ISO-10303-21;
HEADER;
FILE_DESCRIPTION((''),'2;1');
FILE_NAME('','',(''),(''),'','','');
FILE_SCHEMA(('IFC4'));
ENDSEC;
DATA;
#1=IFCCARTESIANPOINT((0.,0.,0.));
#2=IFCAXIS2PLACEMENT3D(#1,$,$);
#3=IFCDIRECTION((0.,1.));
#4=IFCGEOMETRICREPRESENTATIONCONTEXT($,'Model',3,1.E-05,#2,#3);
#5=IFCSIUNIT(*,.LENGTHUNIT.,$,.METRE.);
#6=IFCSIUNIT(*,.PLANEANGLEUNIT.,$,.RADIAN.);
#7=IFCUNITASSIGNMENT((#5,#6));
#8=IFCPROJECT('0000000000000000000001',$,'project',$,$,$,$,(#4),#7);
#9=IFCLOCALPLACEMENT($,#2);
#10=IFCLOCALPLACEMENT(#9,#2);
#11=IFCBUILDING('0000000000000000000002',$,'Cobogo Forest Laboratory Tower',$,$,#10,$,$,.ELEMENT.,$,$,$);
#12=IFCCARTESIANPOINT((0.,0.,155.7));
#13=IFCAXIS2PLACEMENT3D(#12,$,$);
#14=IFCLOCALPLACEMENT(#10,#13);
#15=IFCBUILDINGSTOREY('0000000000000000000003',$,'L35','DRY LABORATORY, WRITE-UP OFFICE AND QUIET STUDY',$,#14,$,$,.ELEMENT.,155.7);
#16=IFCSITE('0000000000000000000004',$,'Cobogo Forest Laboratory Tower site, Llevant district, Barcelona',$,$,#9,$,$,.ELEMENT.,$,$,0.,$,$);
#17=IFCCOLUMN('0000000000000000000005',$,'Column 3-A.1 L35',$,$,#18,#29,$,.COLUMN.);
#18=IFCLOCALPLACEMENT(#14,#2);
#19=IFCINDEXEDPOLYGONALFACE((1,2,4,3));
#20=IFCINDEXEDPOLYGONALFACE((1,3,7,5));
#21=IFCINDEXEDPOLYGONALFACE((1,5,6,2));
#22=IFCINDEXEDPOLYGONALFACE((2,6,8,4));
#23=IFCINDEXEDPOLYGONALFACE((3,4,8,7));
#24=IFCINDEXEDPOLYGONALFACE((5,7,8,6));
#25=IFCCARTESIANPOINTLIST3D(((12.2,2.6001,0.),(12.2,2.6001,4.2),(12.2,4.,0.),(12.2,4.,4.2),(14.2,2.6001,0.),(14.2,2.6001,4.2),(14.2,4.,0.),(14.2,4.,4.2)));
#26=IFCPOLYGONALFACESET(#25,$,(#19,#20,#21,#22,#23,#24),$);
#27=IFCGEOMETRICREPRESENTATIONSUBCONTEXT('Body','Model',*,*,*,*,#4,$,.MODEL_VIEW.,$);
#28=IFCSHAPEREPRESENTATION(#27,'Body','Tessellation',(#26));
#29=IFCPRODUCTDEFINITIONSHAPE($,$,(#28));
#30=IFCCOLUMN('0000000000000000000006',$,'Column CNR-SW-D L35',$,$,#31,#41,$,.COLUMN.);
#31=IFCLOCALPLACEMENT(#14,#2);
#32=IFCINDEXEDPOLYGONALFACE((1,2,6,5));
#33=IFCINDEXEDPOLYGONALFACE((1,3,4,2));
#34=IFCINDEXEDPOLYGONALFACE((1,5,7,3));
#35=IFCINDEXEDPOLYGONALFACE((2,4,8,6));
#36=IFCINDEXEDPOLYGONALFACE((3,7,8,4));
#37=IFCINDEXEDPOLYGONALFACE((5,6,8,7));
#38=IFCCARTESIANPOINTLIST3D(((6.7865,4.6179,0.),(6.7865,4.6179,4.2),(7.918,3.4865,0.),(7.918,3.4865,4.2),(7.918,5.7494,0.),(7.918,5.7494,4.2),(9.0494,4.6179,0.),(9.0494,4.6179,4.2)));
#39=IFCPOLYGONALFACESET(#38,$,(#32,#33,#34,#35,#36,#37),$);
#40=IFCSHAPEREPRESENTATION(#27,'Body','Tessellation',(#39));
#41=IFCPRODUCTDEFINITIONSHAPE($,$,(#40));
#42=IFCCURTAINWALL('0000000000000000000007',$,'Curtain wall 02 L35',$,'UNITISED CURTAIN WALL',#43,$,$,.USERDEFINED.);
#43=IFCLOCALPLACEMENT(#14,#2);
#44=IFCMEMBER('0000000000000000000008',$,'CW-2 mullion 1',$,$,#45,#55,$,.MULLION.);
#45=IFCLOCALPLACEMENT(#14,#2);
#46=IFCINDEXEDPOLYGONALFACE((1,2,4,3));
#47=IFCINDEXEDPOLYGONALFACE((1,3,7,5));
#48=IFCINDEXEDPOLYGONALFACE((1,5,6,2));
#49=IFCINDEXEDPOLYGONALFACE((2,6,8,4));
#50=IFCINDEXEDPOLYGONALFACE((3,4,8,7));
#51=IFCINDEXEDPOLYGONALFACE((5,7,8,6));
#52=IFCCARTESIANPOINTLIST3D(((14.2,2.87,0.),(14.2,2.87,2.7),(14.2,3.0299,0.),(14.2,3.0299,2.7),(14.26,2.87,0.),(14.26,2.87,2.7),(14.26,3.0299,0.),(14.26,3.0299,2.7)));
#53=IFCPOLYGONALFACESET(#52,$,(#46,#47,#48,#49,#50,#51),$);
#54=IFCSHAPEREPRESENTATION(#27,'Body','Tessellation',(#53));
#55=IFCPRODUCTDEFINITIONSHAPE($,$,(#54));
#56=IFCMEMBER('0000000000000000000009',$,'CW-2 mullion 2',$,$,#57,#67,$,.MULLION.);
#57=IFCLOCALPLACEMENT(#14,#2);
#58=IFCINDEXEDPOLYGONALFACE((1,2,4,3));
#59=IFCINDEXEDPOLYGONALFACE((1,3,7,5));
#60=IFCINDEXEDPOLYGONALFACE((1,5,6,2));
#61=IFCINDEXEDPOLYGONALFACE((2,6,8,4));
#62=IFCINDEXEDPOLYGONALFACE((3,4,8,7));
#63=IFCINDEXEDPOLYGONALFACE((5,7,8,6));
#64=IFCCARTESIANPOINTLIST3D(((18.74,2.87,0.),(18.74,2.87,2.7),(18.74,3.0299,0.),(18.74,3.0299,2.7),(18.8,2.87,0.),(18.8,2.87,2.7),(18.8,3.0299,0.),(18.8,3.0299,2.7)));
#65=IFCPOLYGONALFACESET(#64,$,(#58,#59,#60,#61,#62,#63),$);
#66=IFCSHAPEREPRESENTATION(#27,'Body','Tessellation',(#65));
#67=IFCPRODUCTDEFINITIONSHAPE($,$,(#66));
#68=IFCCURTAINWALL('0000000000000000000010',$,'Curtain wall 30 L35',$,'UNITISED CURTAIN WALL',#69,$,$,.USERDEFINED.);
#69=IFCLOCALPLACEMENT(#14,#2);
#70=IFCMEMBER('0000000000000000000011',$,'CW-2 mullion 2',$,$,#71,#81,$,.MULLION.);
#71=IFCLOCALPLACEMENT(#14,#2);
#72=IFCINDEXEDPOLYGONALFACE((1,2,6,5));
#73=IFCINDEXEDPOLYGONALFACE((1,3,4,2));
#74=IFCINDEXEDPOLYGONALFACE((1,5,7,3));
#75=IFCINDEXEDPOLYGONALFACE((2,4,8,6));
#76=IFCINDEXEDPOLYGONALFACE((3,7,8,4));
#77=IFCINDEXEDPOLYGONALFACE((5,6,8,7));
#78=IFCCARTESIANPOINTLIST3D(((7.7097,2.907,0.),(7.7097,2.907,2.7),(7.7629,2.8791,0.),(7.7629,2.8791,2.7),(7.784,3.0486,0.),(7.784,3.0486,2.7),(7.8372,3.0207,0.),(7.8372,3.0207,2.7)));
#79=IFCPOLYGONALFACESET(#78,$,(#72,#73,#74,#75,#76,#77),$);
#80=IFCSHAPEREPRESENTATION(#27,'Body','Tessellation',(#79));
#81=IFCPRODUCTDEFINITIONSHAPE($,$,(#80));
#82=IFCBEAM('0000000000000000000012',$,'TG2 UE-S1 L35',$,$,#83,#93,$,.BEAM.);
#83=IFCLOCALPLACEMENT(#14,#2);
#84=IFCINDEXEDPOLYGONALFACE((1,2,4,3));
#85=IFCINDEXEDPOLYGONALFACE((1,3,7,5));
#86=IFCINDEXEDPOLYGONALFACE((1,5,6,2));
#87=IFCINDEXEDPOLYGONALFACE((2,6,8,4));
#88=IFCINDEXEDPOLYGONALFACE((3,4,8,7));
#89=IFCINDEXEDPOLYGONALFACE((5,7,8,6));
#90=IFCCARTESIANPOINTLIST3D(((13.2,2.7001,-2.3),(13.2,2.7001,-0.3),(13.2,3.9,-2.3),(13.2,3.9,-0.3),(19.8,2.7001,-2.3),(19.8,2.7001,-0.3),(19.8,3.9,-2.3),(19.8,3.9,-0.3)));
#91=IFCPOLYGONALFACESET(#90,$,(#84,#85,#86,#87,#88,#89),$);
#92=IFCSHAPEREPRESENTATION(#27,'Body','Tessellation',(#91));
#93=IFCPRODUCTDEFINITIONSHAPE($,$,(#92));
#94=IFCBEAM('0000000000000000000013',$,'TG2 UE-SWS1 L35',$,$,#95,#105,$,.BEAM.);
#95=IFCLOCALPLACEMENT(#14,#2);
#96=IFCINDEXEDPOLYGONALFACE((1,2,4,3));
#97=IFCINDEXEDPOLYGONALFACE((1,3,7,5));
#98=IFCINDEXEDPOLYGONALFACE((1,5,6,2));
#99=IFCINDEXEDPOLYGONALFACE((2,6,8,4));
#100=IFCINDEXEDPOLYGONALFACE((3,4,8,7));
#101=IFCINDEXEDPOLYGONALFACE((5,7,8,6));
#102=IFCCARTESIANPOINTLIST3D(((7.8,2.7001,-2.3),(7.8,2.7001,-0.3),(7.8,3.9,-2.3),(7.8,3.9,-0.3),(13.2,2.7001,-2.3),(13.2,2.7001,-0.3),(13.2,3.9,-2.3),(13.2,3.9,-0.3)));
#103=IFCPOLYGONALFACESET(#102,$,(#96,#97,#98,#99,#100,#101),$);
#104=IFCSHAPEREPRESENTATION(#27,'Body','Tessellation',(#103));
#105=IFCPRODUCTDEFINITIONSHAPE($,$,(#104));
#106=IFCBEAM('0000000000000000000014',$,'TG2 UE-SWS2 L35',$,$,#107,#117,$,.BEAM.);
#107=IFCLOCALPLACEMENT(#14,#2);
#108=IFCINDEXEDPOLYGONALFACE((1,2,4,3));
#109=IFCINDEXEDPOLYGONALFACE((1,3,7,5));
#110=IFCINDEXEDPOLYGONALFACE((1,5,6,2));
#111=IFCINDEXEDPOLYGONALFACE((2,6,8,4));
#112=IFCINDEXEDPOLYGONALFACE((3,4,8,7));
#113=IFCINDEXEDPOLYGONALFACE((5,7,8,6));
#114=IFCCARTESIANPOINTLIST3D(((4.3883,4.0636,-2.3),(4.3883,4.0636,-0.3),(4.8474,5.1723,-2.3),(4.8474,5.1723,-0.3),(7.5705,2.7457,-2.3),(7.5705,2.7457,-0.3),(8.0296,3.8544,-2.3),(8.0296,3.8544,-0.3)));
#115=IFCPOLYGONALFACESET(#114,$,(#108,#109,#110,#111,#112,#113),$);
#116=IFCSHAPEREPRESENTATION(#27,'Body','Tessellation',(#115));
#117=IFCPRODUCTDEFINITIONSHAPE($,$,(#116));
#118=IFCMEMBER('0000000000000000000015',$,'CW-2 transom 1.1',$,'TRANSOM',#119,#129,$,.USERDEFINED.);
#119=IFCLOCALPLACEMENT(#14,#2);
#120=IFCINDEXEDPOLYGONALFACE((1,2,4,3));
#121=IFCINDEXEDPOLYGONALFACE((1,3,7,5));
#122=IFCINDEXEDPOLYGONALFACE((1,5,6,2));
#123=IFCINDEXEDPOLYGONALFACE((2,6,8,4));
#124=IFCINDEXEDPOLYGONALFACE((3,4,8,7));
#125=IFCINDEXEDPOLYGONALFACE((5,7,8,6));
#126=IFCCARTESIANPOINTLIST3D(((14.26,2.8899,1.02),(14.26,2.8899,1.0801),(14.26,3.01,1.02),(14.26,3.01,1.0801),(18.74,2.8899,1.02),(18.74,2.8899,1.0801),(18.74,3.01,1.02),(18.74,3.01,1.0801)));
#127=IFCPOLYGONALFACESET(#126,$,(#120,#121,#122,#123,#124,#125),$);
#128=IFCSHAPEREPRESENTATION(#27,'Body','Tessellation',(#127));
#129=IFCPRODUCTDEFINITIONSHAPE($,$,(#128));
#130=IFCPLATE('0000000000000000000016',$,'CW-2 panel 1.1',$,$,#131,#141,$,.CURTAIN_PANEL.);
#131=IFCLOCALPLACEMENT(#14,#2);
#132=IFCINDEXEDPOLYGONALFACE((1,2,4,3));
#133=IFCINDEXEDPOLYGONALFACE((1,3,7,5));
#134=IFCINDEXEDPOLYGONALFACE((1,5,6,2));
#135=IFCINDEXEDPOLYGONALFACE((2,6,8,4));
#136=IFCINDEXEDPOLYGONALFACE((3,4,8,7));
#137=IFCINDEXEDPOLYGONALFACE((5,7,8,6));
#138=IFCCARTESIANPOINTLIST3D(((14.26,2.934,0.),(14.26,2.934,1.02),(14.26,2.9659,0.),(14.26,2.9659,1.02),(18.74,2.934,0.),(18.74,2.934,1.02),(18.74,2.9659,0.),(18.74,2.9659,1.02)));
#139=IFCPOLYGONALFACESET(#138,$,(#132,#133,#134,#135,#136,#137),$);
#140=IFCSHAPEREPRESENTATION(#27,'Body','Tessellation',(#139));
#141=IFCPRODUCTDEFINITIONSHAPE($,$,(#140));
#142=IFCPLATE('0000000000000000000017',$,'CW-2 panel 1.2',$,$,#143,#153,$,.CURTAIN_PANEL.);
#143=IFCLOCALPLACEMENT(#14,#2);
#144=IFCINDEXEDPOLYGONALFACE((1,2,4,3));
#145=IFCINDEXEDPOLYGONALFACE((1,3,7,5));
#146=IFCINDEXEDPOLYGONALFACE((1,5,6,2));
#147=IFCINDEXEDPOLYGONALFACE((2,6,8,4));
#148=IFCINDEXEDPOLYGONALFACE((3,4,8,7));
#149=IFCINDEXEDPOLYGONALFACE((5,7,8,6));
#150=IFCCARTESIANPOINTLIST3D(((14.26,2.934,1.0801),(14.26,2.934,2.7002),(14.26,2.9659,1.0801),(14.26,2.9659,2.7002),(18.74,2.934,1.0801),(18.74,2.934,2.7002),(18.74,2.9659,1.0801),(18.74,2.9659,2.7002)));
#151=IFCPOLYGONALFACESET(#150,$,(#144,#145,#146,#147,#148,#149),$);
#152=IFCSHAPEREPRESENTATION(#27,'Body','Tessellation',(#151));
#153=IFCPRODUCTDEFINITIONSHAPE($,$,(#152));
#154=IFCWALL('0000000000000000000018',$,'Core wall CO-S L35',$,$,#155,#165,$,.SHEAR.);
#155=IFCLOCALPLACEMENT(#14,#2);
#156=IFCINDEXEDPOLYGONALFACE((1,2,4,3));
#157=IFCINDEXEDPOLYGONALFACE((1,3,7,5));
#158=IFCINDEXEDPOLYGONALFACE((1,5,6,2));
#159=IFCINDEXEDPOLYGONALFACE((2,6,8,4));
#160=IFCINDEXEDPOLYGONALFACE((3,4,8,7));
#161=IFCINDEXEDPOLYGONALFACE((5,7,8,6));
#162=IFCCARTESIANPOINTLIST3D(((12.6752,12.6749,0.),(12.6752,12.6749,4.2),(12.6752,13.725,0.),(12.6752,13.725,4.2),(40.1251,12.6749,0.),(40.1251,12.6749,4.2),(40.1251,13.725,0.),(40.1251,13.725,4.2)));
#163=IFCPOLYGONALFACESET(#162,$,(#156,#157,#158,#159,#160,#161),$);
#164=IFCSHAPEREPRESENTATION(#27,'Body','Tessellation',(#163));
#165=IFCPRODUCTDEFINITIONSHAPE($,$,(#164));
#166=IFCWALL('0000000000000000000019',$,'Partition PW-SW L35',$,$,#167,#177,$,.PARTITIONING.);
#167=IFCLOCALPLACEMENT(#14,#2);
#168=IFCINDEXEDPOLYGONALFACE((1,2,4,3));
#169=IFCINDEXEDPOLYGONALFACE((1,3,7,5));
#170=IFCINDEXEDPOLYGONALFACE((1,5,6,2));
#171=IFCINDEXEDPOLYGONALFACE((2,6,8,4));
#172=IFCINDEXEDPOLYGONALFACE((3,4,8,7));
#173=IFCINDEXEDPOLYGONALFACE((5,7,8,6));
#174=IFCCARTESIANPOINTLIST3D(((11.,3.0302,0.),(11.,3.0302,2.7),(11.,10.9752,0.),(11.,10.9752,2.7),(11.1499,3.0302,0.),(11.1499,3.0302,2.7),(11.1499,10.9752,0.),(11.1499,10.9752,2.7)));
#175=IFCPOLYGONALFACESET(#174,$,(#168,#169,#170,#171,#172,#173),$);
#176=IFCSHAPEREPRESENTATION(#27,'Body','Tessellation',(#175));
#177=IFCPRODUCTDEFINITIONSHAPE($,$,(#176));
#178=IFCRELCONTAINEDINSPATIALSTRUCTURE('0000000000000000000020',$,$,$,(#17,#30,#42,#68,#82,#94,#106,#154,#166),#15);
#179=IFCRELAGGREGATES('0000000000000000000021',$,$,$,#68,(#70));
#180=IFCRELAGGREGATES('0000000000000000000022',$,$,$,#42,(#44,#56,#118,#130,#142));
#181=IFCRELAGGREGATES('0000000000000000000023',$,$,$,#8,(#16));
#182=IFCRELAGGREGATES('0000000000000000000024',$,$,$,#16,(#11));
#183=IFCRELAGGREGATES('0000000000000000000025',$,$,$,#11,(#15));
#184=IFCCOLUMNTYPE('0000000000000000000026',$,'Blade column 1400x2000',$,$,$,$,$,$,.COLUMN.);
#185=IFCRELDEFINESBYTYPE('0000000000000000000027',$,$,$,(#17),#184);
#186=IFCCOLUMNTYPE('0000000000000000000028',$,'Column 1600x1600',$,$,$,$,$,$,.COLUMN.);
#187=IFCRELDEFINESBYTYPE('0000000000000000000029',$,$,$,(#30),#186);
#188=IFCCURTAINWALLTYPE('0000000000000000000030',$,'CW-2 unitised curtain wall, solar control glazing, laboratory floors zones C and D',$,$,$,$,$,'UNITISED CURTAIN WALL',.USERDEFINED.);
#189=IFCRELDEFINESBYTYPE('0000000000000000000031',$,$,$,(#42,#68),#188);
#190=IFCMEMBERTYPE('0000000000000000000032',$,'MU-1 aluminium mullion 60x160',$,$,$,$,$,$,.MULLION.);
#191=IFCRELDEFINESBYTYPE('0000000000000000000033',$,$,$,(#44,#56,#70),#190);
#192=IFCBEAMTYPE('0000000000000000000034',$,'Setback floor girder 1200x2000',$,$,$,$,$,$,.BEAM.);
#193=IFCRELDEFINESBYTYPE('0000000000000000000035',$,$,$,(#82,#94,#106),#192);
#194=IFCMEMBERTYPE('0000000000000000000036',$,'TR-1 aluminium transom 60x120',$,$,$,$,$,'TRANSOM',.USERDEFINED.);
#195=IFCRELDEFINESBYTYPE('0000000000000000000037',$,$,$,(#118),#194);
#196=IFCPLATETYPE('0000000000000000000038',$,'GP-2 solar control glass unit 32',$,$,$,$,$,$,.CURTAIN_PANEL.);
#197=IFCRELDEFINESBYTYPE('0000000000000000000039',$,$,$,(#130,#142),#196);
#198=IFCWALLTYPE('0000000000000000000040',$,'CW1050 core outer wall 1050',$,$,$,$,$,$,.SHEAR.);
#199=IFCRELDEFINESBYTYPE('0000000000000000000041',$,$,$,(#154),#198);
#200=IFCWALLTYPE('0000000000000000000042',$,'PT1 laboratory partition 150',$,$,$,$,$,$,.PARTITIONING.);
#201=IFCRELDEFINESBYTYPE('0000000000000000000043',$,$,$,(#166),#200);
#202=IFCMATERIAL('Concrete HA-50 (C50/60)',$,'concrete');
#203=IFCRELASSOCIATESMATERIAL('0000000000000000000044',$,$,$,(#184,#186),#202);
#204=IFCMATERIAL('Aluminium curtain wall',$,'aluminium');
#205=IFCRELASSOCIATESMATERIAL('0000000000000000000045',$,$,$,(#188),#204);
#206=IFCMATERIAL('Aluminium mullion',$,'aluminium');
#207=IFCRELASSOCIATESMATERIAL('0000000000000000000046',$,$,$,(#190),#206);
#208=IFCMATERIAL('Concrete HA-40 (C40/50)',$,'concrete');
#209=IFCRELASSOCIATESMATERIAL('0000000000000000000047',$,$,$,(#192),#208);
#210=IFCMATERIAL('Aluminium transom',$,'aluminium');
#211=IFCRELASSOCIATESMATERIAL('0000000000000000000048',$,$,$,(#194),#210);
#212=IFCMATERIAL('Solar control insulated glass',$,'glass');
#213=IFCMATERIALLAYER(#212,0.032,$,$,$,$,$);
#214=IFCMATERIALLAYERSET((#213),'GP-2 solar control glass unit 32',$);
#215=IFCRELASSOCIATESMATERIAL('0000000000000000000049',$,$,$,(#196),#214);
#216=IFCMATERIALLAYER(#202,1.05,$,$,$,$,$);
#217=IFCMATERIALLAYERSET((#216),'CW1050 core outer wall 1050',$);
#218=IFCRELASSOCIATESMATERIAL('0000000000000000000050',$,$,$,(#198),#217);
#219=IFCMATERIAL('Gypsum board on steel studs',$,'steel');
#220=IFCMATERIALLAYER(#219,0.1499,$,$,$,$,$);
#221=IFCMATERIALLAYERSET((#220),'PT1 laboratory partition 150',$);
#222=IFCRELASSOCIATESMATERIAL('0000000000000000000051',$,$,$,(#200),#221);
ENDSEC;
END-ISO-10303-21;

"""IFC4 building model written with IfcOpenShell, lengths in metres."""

from ifc_helpers import new_model, si_unit, direction, frame, frame_2d, origin, origin_2d, place, context, subcontext, project, spatial, rectangle, extrude, material, layer, layer_set, material_profile, profile_set, type_object, element, aggregate, save


model = new_model("IFC4")

# Units and contexts
model_context = context("Model", 3, precision=1e-05, world=origin(), true_north=direction((0.0, 1.0)))
body_context = subcontext(model_context, "Body", "Model", "MODEL_VIEW")
ifc_project = project(units=[si_unit("LENGTHUNIT", "METRE"), si_unit("PLANEANGLEUNIT", "RADIAN")], contexts=[model_context])

# Site, building, storey
site_placement = place(None, origin())
site = spatial("IfcSite", under=ifc_project, at=site_placement, Name="Cobogo Forest Laboratory Tower site, Llevant district, Barcelona", CompositionType="ELEMENT", RefElevation=0.0)
building_placement = place(site_placement, origin())
building = spatial("IfcBuilding", under=site, at=building_placement, Name="Cobogo Forest Laboratory Tower", CompositionType="ELEMENT")
storey_placement = place(building_placement, frame((0.0, 0.0, 155.7)))
storey = spatial("IfcBuildingStorey", under=building, at=storey_placement, Name="L35", Description="DRY LABORATORY, WRITE-UP OFFICE AND QUIET STUDY", CompositionType="ELEMENT", Elevation=155.7)

# Columns
ifc_material_1 = material(Name="Concrete HA-50 (C50/60)", Category="concrete")
ifc_material_profile_1 = material_profile(ifc_material_1, rectangle(XDim=2.0, YDim=1.3999, at=origin_2d()), Name="RC 1400x2000")
ifc_profile_set_1 = profile_set([ifc_material_profile_1], Name="Concrete HA-50 (C50/60)")
column_type_1 = type_object("IfcColumnType", Name="Blade column 1400x2000", PredefinedType="COLUMN", material=ifc_profile_set_1)
column_1_placement = place(storey_placement, frame((13.2, 3.3, 0.0), z_axis=(0.0, 0.0, 1.0), x_axis=(1.0, 0.0, 0.0)))
element("IfcColumn", 1, at=column_1_placement, inside=storey, type_object=column_type_1, Name="Column 3-A.1 L35", PredefinedType="COLUMN", context=body_context, shape_type="SweptSolid", body=[
    extrude(rectangle(XDim=2.0, YDim=1.3999, at=origin_2d()), origin(), (0.0, 0.0, 1.0), 4.2),
])
ifc_material_profile_2 = material_profile(ifc_material_1, rectangle(XDim=1.6001, YDim=1.6001, at=origin_2d()), Name="RC 1600x1600")
ifc_profile_set_2 = profile_set([ifc_material_profile_2], Name="Concrete HA-50 (C50/60)")
column_type_2 = type_object("IfcColumnType", Name="Column 1600x1600", PredefinedType="COLUMN", material=ifc_profile_set_2)
column_2_placement = place(storey_placement, frame((7.918, 4.6179, 0.0), z_axis=(0.0, 0.0, 1.0), x_axis=(0.707107, 0.707107, 0.0)))
element("IfcColumn", 2, at=column_2_placement, inside=storey, type_object=column_type_2, Name="Column CNR-SW-D L35", PredefinedType="COLUMN", context=body_context, shape_type="SweptSolid", body=[
    extrude(rectangle(XDim=1.6001, YDim=1.6001, at=origin_2d()), origin(), (0.0, 0.0, 1.0), 4.2),
])

# Curtain wall, members
ifc_material_2 = material(Name="Aluminium curtain wall", Category="aluminium")
curtain_wall_type = type_object("IfcCurtainWallType", Name="CW-2 unitised curtain wall, solar control glazing, laboratory floors zones C and D", ElementType="UNITISED CURTAIN WALL", PredefinedType="USERDEFINED", material=ifc_material_2)
curtain_wall_1_placement = place(storey_placement, origin())
curtain_wall_1 = element("IfcCurtainWall", 3, at=curtain_wall_1_placement, inside=storey, type_object=curtain_wall_type, Name="Curtain wall 02 L35", ObjectType="UNITISED CURTAIN WALL", PredefinedType="USERDEFINED")
ifc_material_3 = material(Name="Aluminium mullion", Category="aluminium")
ifc_material_profile_3 = material_profile(ifc_material_3, rectangle(XDim=0.0601, YDim=0.1599, at=origin_2d()), Name="AL 60x160")
ifc_profile_set_3 = profile_set([ifc_material_profile_3], Name="Aluminium mullion")
member_type_1 = type_object("IfcMemberType", Name="MU-1 aluminium mullion 60x160", PredefinedType="MULLION", material=ifc_profile_set_3)
member_1_placement = place(storey_placement, frame((14.23, 2.95, 0.0), z_axis=(0.0, 0.0, 1.0), x_axis=(1.0, 0.0, 0.0)))
member_1 = element("IfcMember", 4, at=member_1_placement, type_object=member_type_1, Name="CW-2 mullion 1", PredefinedType="MULLION", context=body_context, shape_type="SweptSolid", body=[
    extrude(rectangle(XDim=0.0601, YDim=0.1599, at=origin_2d()), origin(), (0.0, 0.0, 1.0), 2.7),
])
member_2_placement = place(storey_placement, frame((18.77, 2.95, 0.0), z_axis=(0.0, 0.0, 1.0), x_axis=(1.0, 0.0, 0.0)))
member_2 = element("IfcMember", 5, at=member_2_placement, type_object=member_type_1, Name="CW-2 mullion 2", PredefinedType="MULLION", context=body_context, shape_type="SweptSolid", body=[
    extrude(rectangle(XDim=0.0601, YDim=0.1599, at=origin_2d()), origin(), (0.0, 0.0, 1.0), 2.7),
])

# Curtain wall, member
curtain_wall_2_placement = place(storey_placement, origin())
curtain_wall_2 = element("IfcCurtainWall", 6, at=curtain_wall_2_placement, inside=storey, type_object=curtain_wall_type, Name="Curtain wall 30 L35", ObjectType="UNITISED CURTAIN WALL", PredefinedType="USERDEFINED")
member_3_placement = place(storey_placement, frame((7.7734, 2.9639, 0.0), z_axis=(0.0, 0.0, 1.0), x_axis=(0.885687, -0.464284, 0.0)))
member_3 = element("IfcMember", 7, at=member_3_placement, type_object=member_type_1, Name="CW-2 mullion 2", PredefinedType="MULLION", context=body_context, shape_type="SweptSolid", body=[
    extrude(rectangle(XDim=0.0601, YDim=0.1599, at=origin_2d()), origin(), (0.0, 0.0, 1.0), 2.7),
])
aggregate(curtain_wall_2, [member_3])

# Beams
ifc_material_4 = material(Name="Concrete HA-40 (C40/50)", Category="concrete")
ifc_material_profile_4 = material_profile(ifc_material_4, rectangle(XDim=1.2, YDim=2.0, at=origin_2d()), Name="RC 1200x2000")
ifc_profile_set_4 = profile_set([ifc_material_profile_4], Name="Concrete HA-40 (C40/50)")
beam_type = type_object("IfcBeamType", Name="Setback floor girder 1200x2000", PredefinedType="BEAM", material=ifc_profile_set_4)
beam_1_placement = place(storey_placement, frame((13.2, 3.3, -1.3), z_axis=(1.0, 0.0, 0.0), x_axis=(0.0, 1.0, 0.0)))
element("IfcBeam", 8, at=beam_1_placement, inside=storey, type_object=beam_type, Name="TG2 UE-S1 L35", PredefinedType="BEAM", context=body_context, shape_type="SweptSolid", body=[
    extrude(rectangle(XDim=1.2, YDim=2.0, at=origin_2d()), origin(), (0.0, 0.0, 1.0), 6.6001),
])
beam_2_placement = place(storey_placement, frame((13.2, 3.3, -1.3), z_axis=(-1.0, 0.0, 0.0), x_axis=(0.0, -1.0, 0.0)))
element("IfcBeam", 9, at=beam_2_placement, inside=storey, type_object=beam_type, Name="TG2 UE-SWS1 L35", PredefinedType="BEAM", context=body_context, shape_type="SweptSolid", body=[
    extrude(rectangle(XDim=1.2, YDim=2.0, at=origin_2d()), origin(), (0.0, 0.0, 1.0), 5.3999),
])
beam_3_placement = place(storey_placement, frame((7.8, 3.3, -1.3), z_axis=(-0.923901, 0.382631, 0.0), x_axis=(-0.382631, -0.923901, 0.0)))
element("IfcBeam", 10, at=beam_3_placement, inside=storey, type_object=beam_type, Name="TG2 UE-SWS2 L35", PredefinedType="BEAM", context=body_context, shape_type="SweptSolid", body=[
    extrude(rectangle(XDim=1.2, YDim=2.0, at=origin_2d()), origin(), (0.0, 0.0, 1.0), 3.4443),
])

# Member
ifc_material_5 = material(Name="Aluminium transom", Category="aluminium")
ifc_material_profile_5 = material_profile(ifc_material_5, rectangle(XDim=0.1201, YDim=0.0601, at=origin_2d()), Name="AL 60x120")
ifc_profile_set_5 = profile_set([ifc_material_profile_5], Name="Aluminium transom")
member_type_2 = type_object("IfcMemberType", Name="TR-1 aluminium transom 60x120", ElementType="TRANSOM", PredefinedType="USERDEFINED", material=ifc_profile_set_5)
member_4_placement = place(storey_placement, frame((14.26, 2.95, 1.05), z_axis=(1.0, 0.0, 0.0), x_axis=(0.0, 1.0, 0.0)))
member_4 = element("IfcMember", 11, at=member_4_placement, type_object=member_type_2, Name="CW-2 transom 1.1", ObjectType="TRANSOM", PredefinedType="USERDEFINED", context=body_context, shape_type="SweptSolid", body=[
    extrude(rectangle(XDim=0.1201, YDim=0.0601, at=origin_2d()), origin(), (0.0, 0.0, 1.0), 4.48),
])

# Plates
ifc_material_6 = material(Name="Solar control insulated glass", Category="glass")
ifc_layer_1 = layer(ifc_material_6, 0.032)
ifc_layer_set_1 = layer_set([ifc_layer_1], Name="GP-2 solar control glass unit 32")
plate_type = type_object("IfcPlateType", Name="GP-2 solar control glass unit 32", PredefinedType="CURTAIN_PANEL", material=ifc_layer_set_1)
plate_1_placement = place(storey_placement, frame((16.5, 2.95, 0.0), z_axis=(0.0, 0.0, 1.0), x_axis=(1.0, 0.0, 0.0)))
plate_1 = element("IfcPlate", 12, at=plate_1_placement, type_object=plate_type, Name="CW-2 panel 1.1", PredefinedType="CURTAIN_PANEL", context=body_context, shape_type="SweptSolid", body=[
    extrude(rectangle(XDim=4.48, YDim=0.032, at=origin_2d()), origin(), (0.0, 0.0, 1.0), 1.02),
])
plate_2_placement = place(storey_placement, frame((16.5, 2.95, 1.0801), z_axis=(0.0, 0.0, 1.0), x_axis=(1.0, 0.0, 0.0)))
plate_2 = element("IfcPlate", 13, at=plate_2_placement, type_object=plate_type, Name="CW-2 panel 1.2", PredefinedType="CURTAIN_PANEL", context=body_context, shape_type="SweptSolid", body=[
    extrude(rectangle(XDim=4.48, YDim=0.032, at=origin_2d()), origin(), (0.0, 0.0, 1.0), 1.6201),
])
aggregate(curtain_wall_1, [member_1, member_2, member_4, plate_1, plate_2])

# Walls
ifc_layer_2 = layer(ifc_material_1, 1.05)
ifc_layer_set_2 = layer_set([ifc_layer_2], Name="CW1050 core outer wall 1050")
wall_type_1 = type_object("IfcWallType", Name="CW1050 core outer wall 1050", PredefinedType="SHEAR", material=ifc_layer_set_2)
wall_1_placement = place(storey_placement, frame((12.675, 13.2, 0.0), z_axis=(0.0, 0.0, 1.0), x_axis=(1.0, 0.0, 0.0)))
element("IfcWall", 14, at=wall_1_placement, inside=storey, type_object=wall_type_1, Name="Core wall CO-S L35", PredefinedType="SHEAR", context=body_context, shape_type="SweptSolid", body=[
    extrude(rectangle(XDim=27.45, YDim=1.05, at=frame_2d((13.7251, 0.0))), origin(), (0.0, 0.0, 1.0), 4.2),
])
ifc_material_7 = material(Name="Gypsum board on steel studs", Category="steel")
ifc_layer_3 = layer(ifc_material_7, 0.1499)
ifc_layer_set_3 = layer_set([ifc_layer_3], Name="PT1 laboratory partition 150")
wall_type_2 = type_object("IfcWallType", Name="PT1 laboratory partition 150", PredefinedType="PARTITIONING", material=ifc_layer_set_3)
wall_2_placement = place(storey_placement, frame((11.075, 3.03, 0.0), z_axis=(0.0, 0.0, 1.0), x_axis=(0.0, 1.0, 0.0)))
element("IfcWall", 15, at=wall_2_placement, inside=storey, type_object=wall_type_2, Name="Partition PW-SW L35", PredefinedType="PARTITIONING", context=body_context, shape_type="SweptSolid", body=[
    extrude(rectangle(XDim=7.9451, YDim=0.1499, at=frame_2d((3.9727, 0.0))), origin(), (0.0, 0.0, 1.0), 2.7),
])

save(model, "model.ifc")
